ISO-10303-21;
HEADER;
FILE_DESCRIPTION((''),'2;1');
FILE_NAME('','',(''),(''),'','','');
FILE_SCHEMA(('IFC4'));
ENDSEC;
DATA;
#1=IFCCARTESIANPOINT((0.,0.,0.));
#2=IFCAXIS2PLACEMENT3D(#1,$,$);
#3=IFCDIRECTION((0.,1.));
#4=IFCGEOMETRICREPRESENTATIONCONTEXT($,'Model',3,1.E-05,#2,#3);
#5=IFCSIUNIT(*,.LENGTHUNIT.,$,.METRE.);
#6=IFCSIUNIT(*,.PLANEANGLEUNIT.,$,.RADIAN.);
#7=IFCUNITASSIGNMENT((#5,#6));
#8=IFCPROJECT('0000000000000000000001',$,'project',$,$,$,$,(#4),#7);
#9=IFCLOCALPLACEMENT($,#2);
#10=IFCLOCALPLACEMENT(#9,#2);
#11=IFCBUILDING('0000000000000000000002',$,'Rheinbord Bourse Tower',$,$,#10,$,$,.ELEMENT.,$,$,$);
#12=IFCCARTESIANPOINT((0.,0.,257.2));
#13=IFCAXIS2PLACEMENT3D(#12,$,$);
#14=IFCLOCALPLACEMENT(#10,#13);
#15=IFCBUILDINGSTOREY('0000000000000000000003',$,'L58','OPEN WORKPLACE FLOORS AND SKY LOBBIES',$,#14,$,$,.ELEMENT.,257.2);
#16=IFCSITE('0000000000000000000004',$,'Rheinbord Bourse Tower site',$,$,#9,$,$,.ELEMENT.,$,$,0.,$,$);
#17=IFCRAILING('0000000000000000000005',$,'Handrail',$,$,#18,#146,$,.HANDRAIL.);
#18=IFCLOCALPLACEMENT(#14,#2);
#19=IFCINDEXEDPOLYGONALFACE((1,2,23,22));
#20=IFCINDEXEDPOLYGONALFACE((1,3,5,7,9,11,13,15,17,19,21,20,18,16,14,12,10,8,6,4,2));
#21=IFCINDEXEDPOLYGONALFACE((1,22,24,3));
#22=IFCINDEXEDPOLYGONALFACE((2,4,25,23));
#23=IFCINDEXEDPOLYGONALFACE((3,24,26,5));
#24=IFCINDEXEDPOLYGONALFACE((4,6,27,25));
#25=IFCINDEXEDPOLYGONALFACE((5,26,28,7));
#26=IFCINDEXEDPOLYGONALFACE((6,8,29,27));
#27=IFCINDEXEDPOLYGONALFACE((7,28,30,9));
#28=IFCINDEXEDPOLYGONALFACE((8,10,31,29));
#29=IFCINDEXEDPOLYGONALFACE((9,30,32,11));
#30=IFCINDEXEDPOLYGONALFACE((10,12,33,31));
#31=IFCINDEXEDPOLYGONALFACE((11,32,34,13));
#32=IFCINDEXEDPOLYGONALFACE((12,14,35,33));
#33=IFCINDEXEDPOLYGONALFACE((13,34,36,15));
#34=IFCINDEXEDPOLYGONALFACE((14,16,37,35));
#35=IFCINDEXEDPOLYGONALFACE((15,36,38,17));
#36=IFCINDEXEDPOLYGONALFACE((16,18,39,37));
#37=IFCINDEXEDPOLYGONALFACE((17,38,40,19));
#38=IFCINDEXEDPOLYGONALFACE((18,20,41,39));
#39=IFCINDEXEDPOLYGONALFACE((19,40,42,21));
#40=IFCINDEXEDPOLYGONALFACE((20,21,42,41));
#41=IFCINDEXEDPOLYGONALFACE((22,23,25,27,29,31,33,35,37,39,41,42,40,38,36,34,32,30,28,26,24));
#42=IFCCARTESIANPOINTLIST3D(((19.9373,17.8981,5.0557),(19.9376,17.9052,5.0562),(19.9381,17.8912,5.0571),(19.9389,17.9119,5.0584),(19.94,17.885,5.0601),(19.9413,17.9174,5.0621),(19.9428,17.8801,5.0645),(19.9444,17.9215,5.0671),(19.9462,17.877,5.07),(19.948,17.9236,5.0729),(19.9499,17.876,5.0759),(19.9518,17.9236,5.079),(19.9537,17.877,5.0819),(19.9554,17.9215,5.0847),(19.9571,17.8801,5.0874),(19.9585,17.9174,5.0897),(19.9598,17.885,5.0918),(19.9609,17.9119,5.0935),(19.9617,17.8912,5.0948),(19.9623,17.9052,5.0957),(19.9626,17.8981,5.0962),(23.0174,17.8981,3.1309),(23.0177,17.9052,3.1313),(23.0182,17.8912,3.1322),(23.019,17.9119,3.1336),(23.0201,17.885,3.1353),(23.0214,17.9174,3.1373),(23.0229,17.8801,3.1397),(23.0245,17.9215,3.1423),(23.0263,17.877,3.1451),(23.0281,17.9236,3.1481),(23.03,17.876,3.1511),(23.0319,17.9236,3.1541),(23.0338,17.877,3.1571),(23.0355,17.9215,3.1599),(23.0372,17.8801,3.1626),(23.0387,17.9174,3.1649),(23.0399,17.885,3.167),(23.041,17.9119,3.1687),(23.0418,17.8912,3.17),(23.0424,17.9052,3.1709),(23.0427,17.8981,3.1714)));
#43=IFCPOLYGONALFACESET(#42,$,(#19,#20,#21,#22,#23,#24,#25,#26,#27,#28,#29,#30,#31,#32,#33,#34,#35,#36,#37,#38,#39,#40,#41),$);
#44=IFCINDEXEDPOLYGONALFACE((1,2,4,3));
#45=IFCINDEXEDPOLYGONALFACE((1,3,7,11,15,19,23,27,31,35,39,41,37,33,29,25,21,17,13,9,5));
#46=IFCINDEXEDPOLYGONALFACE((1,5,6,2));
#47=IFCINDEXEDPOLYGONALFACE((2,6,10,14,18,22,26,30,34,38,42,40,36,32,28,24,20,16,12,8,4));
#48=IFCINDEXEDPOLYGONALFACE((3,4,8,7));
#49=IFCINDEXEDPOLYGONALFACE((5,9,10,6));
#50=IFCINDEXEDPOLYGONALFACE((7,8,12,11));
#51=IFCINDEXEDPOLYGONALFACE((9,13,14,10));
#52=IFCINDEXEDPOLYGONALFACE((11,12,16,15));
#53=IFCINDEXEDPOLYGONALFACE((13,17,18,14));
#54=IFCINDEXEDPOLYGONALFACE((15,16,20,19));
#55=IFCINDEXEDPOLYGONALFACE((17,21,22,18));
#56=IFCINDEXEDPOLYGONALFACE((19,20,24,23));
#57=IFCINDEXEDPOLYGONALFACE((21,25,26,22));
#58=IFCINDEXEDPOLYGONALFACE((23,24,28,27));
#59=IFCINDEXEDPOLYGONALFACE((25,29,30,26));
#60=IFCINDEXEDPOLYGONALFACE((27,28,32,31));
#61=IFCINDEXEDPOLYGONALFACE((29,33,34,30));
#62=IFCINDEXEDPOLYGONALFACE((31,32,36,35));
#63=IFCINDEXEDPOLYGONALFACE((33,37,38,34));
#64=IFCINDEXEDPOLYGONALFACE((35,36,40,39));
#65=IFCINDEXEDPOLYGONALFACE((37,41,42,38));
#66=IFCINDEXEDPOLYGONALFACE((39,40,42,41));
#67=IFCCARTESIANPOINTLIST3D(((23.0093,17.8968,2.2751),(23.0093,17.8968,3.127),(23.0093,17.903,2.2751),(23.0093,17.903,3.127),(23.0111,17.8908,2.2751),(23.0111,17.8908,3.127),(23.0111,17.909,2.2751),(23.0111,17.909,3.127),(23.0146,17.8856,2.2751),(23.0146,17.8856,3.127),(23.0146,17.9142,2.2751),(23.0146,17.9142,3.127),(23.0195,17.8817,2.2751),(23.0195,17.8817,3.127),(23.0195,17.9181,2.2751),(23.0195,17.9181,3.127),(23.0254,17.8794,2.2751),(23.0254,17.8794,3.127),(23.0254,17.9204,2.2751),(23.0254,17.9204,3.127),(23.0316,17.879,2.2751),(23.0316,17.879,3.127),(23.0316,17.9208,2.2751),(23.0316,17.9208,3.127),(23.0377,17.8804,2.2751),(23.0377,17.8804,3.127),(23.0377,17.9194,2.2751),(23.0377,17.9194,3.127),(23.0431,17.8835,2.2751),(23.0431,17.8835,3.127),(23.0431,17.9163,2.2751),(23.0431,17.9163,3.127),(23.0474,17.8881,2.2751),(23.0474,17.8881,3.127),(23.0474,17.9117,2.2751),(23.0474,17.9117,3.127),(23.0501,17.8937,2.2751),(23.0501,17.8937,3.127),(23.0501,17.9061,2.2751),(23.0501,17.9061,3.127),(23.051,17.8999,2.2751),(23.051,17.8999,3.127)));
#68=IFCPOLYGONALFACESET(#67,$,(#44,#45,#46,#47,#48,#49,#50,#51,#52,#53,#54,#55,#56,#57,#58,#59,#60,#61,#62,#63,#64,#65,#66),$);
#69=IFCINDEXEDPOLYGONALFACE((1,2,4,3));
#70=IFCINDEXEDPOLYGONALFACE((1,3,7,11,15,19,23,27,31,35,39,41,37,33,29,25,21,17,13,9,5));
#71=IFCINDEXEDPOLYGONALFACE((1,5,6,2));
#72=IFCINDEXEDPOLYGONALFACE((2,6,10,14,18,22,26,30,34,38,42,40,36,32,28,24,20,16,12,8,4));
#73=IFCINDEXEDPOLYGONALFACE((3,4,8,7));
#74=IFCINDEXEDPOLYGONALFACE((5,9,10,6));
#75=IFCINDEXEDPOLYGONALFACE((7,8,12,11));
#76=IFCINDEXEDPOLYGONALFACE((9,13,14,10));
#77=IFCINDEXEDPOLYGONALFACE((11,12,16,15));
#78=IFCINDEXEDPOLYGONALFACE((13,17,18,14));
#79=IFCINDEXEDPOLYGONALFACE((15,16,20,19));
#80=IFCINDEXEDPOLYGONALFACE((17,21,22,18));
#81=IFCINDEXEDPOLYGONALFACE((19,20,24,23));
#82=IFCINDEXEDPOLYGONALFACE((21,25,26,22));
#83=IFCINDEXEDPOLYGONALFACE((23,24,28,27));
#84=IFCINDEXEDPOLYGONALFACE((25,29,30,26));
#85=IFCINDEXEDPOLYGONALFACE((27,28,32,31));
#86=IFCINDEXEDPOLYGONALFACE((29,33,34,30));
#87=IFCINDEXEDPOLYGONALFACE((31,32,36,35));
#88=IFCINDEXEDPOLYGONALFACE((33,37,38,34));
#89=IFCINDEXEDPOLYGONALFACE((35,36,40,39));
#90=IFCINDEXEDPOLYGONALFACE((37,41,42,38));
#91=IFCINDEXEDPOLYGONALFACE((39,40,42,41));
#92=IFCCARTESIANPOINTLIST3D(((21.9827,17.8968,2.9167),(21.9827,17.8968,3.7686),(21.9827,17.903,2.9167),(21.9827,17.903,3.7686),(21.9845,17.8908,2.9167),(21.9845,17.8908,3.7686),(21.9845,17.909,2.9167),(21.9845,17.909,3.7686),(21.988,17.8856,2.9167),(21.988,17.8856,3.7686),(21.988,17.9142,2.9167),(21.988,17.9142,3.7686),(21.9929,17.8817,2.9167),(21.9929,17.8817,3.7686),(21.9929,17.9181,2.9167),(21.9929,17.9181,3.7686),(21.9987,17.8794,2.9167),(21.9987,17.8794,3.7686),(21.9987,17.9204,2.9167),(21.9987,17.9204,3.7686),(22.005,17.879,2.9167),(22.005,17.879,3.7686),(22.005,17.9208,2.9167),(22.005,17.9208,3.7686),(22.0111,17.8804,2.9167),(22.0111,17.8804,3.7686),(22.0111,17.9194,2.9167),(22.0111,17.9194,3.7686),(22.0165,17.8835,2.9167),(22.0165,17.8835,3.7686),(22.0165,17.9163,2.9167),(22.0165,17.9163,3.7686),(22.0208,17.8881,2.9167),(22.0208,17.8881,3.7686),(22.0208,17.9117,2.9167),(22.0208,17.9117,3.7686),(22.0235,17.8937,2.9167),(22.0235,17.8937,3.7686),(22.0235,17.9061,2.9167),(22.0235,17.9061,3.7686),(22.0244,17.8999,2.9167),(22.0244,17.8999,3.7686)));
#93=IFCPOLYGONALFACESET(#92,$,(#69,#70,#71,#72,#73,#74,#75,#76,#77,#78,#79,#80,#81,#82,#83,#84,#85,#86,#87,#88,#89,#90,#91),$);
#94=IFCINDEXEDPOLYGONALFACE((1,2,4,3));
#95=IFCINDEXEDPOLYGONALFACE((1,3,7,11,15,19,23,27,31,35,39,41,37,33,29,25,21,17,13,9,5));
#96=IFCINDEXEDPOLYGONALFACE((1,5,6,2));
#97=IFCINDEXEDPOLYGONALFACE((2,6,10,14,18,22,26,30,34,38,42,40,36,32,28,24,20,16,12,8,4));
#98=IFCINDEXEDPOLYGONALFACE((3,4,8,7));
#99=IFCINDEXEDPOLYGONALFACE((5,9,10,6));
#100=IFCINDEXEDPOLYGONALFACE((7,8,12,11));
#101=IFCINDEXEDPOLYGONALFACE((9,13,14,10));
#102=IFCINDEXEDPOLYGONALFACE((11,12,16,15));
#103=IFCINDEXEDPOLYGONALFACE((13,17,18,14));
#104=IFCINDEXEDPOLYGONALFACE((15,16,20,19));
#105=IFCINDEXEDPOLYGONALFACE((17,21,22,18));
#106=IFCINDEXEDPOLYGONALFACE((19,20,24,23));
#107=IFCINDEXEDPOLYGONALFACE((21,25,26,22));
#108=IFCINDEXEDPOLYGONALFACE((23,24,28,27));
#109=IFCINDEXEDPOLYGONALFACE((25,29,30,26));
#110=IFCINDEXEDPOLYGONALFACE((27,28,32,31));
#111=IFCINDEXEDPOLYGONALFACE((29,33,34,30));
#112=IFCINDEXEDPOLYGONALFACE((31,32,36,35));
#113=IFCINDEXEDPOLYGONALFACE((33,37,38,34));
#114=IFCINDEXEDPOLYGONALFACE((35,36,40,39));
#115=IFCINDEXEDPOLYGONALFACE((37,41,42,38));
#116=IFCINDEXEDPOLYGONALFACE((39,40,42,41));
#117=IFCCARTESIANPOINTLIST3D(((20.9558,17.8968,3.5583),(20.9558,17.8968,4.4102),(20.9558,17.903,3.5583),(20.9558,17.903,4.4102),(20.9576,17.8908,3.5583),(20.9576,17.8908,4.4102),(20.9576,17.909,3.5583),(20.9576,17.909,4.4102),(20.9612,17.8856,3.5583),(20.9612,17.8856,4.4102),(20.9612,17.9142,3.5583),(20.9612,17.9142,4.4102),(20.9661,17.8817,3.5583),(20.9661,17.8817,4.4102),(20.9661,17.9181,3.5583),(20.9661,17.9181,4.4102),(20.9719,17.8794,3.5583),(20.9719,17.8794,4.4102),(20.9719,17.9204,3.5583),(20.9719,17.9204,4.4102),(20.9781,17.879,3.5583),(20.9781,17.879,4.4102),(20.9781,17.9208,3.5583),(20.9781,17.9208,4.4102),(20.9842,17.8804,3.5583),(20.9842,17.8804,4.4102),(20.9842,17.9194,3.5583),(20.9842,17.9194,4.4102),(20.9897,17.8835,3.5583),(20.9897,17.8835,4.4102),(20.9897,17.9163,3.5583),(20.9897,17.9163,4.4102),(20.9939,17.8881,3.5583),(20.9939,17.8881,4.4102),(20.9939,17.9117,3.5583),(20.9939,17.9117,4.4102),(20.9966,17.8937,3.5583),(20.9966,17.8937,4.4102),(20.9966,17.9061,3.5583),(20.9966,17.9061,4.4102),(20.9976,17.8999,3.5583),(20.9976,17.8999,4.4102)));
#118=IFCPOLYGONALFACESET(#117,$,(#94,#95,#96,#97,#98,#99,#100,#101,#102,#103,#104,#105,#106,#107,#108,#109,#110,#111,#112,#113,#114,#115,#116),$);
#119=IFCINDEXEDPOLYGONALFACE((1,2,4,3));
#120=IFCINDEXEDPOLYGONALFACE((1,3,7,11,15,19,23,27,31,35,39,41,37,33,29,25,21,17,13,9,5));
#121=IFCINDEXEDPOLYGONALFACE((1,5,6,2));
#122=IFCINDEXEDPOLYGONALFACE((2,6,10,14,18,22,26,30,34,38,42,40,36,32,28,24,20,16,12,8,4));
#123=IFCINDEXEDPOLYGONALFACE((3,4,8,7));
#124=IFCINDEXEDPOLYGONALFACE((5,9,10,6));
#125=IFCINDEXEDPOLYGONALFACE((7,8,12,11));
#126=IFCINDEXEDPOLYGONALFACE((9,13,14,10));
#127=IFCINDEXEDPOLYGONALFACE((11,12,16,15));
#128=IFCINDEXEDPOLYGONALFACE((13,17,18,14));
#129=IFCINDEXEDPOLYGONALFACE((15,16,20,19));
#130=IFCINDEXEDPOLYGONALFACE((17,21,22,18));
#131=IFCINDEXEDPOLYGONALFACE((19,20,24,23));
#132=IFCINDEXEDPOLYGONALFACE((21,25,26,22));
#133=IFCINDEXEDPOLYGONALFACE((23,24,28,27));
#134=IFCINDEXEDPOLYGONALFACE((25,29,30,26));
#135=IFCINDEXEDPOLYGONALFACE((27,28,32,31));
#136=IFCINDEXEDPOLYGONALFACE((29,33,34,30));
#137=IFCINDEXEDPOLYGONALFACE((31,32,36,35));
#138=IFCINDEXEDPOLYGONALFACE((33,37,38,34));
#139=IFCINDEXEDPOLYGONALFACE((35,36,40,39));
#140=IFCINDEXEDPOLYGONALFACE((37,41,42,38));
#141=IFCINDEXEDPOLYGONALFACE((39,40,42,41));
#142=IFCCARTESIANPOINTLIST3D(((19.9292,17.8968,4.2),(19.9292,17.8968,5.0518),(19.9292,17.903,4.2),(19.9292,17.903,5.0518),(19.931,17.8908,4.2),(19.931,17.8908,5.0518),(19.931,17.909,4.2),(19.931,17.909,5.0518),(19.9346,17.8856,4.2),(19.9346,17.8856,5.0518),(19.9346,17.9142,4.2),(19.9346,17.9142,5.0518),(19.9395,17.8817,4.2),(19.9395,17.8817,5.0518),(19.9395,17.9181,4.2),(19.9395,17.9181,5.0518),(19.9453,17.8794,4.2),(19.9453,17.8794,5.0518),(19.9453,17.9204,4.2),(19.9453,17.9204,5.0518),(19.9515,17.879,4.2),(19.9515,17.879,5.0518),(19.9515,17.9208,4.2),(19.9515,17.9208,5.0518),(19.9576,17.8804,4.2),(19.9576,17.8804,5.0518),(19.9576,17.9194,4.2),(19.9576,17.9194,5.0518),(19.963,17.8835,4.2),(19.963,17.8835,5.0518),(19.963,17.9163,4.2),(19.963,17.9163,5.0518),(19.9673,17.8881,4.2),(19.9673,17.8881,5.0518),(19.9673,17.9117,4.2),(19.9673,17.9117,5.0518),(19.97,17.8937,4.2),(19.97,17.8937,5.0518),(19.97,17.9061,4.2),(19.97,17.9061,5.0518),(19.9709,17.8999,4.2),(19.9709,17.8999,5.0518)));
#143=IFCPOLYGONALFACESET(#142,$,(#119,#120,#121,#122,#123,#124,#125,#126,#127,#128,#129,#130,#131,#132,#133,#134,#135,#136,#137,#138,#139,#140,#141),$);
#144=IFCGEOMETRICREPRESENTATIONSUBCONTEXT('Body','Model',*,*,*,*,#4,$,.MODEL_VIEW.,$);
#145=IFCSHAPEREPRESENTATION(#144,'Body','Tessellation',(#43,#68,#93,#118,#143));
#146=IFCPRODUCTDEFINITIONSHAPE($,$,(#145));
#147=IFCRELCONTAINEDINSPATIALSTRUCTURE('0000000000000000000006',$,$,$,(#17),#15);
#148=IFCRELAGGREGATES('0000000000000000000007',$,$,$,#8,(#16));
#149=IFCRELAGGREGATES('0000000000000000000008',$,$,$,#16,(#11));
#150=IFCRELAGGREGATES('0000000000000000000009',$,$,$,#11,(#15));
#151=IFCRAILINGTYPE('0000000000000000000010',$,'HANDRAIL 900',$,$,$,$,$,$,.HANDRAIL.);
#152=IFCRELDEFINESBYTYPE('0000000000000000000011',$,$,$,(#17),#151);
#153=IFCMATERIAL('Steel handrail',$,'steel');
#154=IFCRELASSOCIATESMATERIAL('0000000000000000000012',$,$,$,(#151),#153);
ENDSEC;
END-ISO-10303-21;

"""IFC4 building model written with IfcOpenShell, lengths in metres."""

from ifc_helpers import new_model, si_unit, direction, frame, origin, origin_2d, place, context, subcontext, project, spatial, circle, extrude, material, type_object, element, save


model = new_model("IFC4")

# Units and contexts
model_context = context("Model", 3, precision=1e-05, world=origin(), true_north=direction((0.0, 1.0)))
body_context = subcontext(model_context, "Body", "Model", "MODEL_VIEW")
ifc_project = project(units=[si_unit("LENGTHUNIT", "METRE"), si_unit("PLANEANGLEUNIT", "RADIAN")], contexts=[model_context])

# Site, building, storey
site_placement = place(None, origin())
site = spatial("IfcSite", under=ifc_project, at=site_placement, Name="Rheinbord Bourse Tower site", CompositionType="ELEMENT", RefElevation=0.0)
building_placement = place(site_placement, origin())
building = spatial("IfcBuilding", under=site, at=building_placement, Name="Rheinbord Bourse Tower", CompositionType="ELEMENT")
storey_placement = place(building_placement, frame((0.0, 0.0, 257.2)))
storey = spatial("IfcBuildingStorey", under=building, at=storey_placement, Name="L58", Description="OPEN WORKPLACE FLOORS AND SKY LOBBIES", CompositionType="ELEMENT", Elevation=257.2)

# Railing
ifc_material_1 = material(Name="Steel handrail", Category="steel")
railing_type = type_object("IfcRailingType", Name="HANDRAIL 900", PredefinedType="HANDRAIL", material=ifc_material_1)
railing_1_placement = place(storey_placement, frame((23.03, 17.8999, 2.2751)))
element("IfcRailing", 1, at=railing_1_placement, inside=storey, type_object=railing_type, Name="Handrail", PredefinedType="HANDRAIL", context=body_context, shape_type="SweptSolid", body=[
    extrude(circle(Radius=0.0239, at=origin_2d()), frame((0.0, 0.0, 0.876), z_axis=(-0.848029, 0.0, 0.529951), x_axis=(0.0, -1.0, 0.0)), (0.0, 0.0, 1.0), 3.6321),
    extrude(circle(Radius=0.021, at=origin_2d()), origin(), (0.0, 0.0, 1.0), 0.8518),
    extrude(circle(Radius=0.021, at=origin_2d()), frame((-1.0266, 0.0, 0.6416)), (0.0, 0.0, 1.0), 0.8518),
    extrude(circle(Radius=0.021, at=origin_2d()), frame((-2.0535, 0.0, 1.2832)), (0.0, 0.0, 1.0), 0.8518),
    extrude(circle(Radius=0.021, at=origin_2d()), frame((-3.0801, 0.0, 1.9248)), (0.0, 0.0, 1.0), 0.8518),
])

save(model, "model.ifc")
